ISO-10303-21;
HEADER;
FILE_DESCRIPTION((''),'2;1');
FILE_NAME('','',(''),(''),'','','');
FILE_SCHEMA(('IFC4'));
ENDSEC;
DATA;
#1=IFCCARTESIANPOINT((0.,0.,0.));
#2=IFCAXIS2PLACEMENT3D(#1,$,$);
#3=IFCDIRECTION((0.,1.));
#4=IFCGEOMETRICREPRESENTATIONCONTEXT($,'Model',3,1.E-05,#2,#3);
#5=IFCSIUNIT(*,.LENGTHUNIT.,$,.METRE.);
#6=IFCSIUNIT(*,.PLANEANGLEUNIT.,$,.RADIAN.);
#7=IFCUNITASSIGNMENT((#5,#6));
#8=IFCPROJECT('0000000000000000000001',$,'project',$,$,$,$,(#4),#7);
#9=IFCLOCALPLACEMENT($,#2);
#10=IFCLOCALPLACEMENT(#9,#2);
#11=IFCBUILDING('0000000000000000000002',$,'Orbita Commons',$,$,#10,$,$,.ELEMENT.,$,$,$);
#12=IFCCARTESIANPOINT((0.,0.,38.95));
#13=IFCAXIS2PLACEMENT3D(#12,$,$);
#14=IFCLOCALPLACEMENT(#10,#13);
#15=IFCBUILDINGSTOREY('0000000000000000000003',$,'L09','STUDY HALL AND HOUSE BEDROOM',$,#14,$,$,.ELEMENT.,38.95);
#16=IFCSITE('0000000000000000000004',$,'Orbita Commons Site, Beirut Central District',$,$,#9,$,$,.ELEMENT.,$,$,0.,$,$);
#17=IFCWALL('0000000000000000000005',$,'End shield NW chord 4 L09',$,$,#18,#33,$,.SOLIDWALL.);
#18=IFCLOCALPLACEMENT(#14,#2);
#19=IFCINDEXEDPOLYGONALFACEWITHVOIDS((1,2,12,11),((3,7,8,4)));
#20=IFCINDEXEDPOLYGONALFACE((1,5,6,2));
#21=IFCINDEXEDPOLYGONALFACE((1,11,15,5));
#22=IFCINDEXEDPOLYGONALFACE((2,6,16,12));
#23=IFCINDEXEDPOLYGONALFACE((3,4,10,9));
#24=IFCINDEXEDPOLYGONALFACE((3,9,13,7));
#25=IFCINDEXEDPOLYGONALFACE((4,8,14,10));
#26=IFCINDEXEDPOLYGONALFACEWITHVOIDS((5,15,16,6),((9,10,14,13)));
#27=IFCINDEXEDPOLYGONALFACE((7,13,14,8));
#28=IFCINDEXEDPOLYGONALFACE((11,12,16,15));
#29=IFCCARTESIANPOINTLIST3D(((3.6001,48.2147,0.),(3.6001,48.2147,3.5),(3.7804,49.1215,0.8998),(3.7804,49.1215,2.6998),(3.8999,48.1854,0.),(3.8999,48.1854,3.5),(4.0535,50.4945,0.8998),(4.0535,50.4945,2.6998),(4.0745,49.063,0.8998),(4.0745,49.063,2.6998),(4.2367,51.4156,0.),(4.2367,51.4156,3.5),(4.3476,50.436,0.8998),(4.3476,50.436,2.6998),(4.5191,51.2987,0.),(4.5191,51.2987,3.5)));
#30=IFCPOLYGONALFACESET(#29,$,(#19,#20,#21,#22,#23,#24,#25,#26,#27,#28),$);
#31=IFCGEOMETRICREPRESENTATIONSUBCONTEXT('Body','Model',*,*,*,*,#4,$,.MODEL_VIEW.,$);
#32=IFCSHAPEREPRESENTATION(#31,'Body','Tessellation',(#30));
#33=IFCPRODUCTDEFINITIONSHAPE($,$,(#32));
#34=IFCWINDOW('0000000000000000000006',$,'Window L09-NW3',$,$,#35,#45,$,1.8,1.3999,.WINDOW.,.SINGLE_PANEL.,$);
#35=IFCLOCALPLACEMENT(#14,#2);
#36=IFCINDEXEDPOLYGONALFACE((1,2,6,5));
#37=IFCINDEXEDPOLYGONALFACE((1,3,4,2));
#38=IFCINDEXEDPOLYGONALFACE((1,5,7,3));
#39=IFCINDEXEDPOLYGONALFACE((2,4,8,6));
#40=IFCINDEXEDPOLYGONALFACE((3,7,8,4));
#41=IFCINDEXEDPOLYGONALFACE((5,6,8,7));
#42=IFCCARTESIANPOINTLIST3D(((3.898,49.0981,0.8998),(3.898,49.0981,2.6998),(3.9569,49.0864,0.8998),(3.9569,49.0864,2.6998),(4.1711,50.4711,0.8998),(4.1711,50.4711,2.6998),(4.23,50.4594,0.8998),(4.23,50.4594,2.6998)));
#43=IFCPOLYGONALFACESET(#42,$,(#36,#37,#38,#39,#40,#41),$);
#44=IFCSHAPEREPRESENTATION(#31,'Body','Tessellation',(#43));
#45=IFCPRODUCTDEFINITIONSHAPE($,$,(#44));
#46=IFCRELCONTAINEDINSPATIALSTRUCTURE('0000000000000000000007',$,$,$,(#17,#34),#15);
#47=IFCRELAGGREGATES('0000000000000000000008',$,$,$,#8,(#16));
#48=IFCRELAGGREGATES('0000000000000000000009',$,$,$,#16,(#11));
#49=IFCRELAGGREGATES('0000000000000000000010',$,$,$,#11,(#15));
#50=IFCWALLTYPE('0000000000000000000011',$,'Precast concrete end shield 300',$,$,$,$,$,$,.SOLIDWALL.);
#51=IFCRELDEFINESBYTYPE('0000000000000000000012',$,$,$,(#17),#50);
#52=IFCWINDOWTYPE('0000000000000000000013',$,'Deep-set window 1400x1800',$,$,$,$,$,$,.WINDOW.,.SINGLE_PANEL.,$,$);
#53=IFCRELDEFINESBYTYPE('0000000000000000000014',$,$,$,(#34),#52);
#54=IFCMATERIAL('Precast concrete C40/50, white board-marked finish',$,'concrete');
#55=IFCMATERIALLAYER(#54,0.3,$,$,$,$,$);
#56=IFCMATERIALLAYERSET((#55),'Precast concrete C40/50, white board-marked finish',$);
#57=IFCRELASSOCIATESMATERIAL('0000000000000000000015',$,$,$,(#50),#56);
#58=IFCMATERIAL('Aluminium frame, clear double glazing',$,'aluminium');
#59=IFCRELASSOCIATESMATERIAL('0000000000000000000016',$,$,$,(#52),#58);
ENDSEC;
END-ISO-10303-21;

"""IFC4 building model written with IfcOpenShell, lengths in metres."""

from ifc_helpers import new_model, si_unit, direction, frame, frame_2d, origin, place, context, subcontext, project, spatial, polyline, rectangle, outline, extrude, material, layer, layer_set, type_object, element, fill, save


model = new_model("IFC4")

# Units and contexts
model_context = context("Model", 3, precision=1e-05, world=origin(), true_north=direction((0.0, 1.0)))
body_context = subcontext(model_context, "Body", "Model", "MODEL_VIEW")
ifc_project = project(units=[si_unit("LENGTHUNIT", "METRE"), si_unit("PLANEANGLEUNIT", "RADIAN")], contexts=[model_context])

# Site, building, storey
site_placement = place(None, origin())
site = spatial("IfcSite", under=ifc_project, at=site_placement, Name="Orbita Commons Site, Beirut Central District", CompositionType="ELEMENT", RefElevation=0.0)
building_placement = place(site_placement, origin())
building = spatial("IfcBuilding", under=site, at=building_placement, Name="Orbita Commons", CompositionType="ELEMENT")
storey_placement = place(building_placement, frame((0.0, 0.0, 38.95)))
storey = spatial("IfcBuildingStorey", under=building, at=storey_placement, Name="L09", Description="STUDY HALL AND HOUSE BEDROOM", CompositionType="ELEMENT", Elevation=38.95)

# Shared definitions
ifc_material_1 = material(Name="Precast concrete C40/50, white board-marked finish", Category="concrete")
ifc_layer_1 = layer(ifc_material_1, 0.3)
ifc_layer_set_1 = layer_set([ifc_layer_1], Name="Precast concrete C40/50, white board-marked finish")
wall_type_1 = type_object("IfcWallType", Name="Precast concrete end shield 300", PredefinedType="SOLIDWALL", material=ifc_layer_set_1)

# Wall, opening, window
wall_1_placement = place(storey_placement, frame((4.3779, 51.3572, 0.0), z_axis=(0.0, 0.0, 1.0), x_axis=(-0.195066, -0.98079, 0.0)))
wall_1 = element("IfcWall", 1, at=wall_1_placement, inside=storey, type_object=wall_type_1, Name="End shield NW chord 4 L09", PredefinedType="SOLIDWALL", context=body_context, shape_type="SweptSolid", body=[
    extrude(outline(polyline([(-0.0298, -0.1499), (3.2339, -0.1499), (3.2041, 0.1499), (0.0298, 0.1499), (-0.0298, -0.1499)])), origin(), (0.0, 0.0, 1.0), 3.5),
])
opening_1_placement = place(wall_1_placement, frame((0.9094, 0.0, 0.8999)))
opening_1 = element("IfcOpeningElement", 2, at=opening_1_placement, cuts=wall_1, PredefinedType="OPENING", context=body_context, shape_type="SweptSolid", body=[
    extrude(rectangle(XDim=1.3999, YDim=1.8, at=frame_2d((0.7, 0.8999))), frame((0.0, 0.1599, 0.0), z_axis=(0.0, -1.0, 0.0), x_axis=(1.0, 0.0, 0.0)), (0.0, 0.0, 1.0), 0.3201),
])
ifc_material_2 = material(Name="Aluminium frame, clear double glazing", Category="aluminium")
window_type_1 = type_object("IfcWindowType", Name="Deep-set window 1400x1800", PartitioningType="SINGLE_PANEL", PredefinedType="WINDOW", material=ifc_material_2)
window_1_placement = place(opening_1_placement, origin())
window_1 = element("IfcWindow", 3, at=window_1_placement, inside=storey, type_object=window_type_1, Name="Window L09-NW3", OverallHeight=1.8, OverallWidth=1.3999, PartitioningType="SINGLE_PANEL", PredefinedType="WINDOW", context=body_context, shape_type="SweptSolid", body=[
    extrude(rectangle(XDim=1.3999, YDim=1.8, at=frame_2d((0.7, 0.8999))), frame((0.0, 0.03, 0.0), z_axis=(0.0, -1.0, 0.0), x_axis=(1.0, 0.0, 0.0)), (0.0, 0.0, 1.0), 0.0601),
])
fill(opening_1, window_1)

save(model, "model.ifc")
